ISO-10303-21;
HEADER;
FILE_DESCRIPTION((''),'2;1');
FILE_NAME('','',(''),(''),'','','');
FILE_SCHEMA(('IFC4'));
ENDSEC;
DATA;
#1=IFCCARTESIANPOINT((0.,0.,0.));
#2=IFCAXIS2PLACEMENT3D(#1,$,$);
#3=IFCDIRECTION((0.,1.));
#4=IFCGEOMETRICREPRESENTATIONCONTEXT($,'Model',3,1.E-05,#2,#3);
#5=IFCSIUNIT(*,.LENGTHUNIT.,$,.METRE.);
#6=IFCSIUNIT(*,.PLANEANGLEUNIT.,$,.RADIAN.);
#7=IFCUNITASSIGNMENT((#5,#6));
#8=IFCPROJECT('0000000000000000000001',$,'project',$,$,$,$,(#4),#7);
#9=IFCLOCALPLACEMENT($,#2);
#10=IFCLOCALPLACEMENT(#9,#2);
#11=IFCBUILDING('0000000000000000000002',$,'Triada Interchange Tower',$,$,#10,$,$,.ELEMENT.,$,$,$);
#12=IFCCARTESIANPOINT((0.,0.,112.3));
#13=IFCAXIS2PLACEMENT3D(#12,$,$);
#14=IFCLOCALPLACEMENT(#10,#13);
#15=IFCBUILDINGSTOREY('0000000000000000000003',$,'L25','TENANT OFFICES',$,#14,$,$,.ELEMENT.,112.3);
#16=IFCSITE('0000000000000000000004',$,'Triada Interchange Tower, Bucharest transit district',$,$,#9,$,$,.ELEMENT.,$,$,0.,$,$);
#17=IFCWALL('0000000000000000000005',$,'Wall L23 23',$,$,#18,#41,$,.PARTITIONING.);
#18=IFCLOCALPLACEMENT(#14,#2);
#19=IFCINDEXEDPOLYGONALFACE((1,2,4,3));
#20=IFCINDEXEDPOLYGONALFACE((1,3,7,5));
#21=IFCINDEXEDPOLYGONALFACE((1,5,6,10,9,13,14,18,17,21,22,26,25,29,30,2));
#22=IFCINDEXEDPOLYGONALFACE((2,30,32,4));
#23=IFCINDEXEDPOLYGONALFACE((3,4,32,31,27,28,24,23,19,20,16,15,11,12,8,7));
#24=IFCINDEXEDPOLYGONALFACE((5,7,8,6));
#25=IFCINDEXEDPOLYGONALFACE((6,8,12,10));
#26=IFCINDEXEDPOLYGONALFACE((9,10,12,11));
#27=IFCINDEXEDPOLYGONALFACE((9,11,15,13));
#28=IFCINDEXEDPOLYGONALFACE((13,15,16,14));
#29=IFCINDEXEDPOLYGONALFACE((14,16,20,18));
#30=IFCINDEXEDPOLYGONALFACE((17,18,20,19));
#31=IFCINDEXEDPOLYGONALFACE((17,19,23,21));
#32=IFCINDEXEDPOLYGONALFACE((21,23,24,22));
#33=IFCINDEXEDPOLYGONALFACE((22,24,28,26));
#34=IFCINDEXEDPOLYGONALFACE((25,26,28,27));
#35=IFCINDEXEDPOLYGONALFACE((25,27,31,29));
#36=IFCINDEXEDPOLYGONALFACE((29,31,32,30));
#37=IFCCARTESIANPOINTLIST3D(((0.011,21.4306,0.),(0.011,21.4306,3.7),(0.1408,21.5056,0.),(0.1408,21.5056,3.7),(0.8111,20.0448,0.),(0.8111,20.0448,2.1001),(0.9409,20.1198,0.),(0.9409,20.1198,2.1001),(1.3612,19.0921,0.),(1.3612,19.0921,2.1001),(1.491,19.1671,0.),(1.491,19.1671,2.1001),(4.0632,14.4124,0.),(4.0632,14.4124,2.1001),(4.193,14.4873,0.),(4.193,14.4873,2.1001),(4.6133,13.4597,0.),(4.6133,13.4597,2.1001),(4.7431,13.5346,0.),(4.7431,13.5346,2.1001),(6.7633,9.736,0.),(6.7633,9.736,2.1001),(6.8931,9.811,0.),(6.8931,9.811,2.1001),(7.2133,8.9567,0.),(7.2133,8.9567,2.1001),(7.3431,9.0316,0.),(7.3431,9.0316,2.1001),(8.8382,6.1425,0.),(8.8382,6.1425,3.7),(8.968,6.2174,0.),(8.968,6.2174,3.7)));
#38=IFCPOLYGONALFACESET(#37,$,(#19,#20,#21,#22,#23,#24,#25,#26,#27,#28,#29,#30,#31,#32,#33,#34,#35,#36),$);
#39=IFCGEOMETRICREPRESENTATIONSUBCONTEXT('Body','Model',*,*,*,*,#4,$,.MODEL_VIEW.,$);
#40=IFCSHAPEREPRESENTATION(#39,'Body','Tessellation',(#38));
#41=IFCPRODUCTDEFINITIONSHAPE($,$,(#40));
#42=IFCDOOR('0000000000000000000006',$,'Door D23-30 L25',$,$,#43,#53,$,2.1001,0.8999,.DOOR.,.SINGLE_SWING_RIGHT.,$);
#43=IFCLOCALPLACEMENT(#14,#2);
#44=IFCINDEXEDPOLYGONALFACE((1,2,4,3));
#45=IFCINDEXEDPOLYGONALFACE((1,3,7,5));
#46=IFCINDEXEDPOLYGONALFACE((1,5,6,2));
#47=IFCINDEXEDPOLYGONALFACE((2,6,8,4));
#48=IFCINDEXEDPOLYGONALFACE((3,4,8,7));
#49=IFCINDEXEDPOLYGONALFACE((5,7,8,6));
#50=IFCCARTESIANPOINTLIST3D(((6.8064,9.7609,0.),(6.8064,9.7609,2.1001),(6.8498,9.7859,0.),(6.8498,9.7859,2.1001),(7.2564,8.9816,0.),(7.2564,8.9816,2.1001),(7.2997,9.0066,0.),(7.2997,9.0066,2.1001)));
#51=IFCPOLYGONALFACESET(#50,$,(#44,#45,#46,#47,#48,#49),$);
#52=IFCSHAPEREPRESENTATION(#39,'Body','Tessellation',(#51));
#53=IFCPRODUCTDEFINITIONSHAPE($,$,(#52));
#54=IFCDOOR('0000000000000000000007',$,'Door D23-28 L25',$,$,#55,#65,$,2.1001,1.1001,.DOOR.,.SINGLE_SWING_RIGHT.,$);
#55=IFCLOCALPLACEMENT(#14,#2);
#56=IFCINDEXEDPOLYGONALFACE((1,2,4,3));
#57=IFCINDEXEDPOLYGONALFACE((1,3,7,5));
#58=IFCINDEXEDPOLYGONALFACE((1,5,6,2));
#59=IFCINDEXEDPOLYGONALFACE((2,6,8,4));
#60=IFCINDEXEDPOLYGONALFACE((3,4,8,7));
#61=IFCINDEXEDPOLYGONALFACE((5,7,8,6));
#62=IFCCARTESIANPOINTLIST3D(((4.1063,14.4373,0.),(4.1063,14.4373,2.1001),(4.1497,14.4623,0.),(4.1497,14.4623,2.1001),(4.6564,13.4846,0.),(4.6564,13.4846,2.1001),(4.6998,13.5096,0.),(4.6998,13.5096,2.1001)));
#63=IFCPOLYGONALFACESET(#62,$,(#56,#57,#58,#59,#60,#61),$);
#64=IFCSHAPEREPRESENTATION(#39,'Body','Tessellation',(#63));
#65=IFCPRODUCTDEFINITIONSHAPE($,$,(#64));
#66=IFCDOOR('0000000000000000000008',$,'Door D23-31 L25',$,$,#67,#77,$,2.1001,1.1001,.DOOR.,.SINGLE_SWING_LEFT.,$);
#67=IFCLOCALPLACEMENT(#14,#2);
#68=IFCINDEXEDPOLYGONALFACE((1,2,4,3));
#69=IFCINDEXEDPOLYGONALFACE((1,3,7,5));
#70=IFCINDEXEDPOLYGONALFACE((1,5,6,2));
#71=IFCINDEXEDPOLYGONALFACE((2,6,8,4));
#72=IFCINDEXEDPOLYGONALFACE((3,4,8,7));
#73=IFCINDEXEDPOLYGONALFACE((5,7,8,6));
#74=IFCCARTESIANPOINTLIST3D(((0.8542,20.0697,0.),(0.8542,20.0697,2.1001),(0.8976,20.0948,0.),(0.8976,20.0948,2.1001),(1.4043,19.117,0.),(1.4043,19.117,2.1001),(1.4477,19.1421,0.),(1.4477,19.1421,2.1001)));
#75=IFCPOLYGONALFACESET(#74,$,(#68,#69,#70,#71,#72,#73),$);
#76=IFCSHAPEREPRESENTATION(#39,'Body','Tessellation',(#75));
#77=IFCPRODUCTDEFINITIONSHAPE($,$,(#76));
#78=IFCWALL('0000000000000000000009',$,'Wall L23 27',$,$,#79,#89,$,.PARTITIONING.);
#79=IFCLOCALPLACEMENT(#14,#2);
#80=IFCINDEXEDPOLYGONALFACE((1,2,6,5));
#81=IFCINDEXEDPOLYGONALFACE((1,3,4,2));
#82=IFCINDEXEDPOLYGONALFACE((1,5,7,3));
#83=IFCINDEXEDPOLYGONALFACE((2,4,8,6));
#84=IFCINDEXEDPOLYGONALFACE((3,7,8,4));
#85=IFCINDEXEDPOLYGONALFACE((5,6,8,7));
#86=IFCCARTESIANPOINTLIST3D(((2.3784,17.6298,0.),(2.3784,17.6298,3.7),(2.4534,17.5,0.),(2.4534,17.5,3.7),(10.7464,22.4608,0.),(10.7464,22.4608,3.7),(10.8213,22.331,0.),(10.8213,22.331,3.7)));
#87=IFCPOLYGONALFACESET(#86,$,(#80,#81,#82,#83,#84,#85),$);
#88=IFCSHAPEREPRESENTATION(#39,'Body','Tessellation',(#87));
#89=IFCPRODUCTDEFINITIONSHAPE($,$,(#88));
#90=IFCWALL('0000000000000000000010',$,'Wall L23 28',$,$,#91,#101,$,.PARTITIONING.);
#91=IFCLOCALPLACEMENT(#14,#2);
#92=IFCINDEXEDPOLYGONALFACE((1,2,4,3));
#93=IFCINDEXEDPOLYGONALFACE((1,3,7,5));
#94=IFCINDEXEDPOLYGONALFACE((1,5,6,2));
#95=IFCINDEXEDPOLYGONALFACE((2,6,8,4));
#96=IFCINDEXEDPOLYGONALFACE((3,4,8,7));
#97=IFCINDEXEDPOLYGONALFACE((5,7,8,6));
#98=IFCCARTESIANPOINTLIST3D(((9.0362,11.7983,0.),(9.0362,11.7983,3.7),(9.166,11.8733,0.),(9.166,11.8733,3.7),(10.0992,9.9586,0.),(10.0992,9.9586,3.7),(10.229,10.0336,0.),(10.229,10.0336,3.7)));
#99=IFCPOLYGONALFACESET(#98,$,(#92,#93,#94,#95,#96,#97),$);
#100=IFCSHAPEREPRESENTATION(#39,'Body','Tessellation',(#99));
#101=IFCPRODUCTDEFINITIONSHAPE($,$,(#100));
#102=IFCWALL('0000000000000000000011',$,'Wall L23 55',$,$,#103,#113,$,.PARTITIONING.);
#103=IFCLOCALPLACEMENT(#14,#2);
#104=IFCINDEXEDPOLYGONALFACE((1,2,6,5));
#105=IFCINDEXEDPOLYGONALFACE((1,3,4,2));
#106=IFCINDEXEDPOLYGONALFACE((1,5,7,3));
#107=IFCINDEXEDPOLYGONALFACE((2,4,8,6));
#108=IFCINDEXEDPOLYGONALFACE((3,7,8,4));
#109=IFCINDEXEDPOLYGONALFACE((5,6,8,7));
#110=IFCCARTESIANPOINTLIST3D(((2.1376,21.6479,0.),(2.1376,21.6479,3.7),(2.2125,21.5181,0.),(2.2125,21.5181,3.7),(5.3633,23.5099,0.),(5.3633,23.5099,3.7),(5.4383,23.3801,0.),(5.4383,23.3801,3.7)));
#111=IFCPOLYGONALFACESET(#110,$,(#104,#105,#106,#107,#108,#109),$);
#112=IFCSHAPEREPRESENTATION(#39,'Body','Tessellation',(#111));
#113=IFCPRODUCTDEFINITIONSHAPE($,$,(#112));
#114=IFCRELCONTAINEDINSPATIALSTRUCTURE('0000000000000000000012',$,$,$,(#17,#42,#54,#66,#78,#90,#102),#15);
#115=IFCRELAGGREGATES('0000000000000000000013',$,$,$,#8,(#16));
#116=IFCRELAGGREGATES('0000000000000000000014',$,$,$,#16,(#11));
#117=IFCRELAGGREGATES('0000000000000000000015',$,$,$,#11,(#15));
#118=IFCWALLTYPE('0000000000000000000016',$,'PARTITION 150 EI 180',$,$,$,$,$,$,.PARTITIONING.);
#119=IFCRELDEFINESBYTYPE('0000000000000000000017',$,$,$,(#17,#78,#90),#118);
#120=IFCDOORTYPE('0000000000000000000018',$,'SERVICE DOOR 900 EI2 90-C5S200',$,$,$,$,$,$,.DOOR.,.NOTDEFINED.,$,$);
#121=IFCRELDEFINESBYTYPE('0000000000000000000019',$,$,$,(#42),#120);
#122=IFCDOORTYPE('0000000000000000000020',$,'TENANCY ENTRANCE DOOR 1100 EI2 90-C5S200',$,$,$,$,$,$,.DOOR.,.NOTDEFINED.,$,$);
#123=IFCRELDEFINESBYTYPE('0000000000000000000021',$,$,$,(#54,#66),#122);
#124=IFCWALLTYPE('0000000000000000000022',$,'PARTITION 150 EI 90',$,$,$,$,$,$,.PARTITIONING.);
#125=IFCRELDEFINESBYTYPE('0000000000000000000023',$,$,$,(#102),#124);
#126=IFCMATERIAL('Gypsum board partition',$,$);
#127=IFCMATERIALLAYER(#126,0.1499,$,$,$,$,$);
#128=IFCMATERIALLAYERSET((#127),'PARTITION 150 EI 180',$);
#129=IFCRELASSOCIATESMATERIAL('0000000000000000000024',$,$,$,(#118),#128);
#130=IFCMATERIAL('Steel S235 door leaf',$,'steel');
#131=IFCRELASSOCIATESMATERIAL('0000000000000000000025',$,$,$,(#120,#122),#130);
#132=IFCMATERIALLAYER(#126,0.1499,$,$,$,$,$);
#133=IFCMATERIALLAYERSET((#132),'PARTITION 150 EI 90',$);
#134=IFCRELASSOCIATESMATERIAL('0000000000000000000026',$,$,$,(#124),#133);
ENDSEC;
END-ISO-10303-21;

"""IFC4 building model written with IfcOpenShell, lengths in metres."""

from ifc_helpers import new_model, si_unit, direction, frame, frame_2d, origin, place, context, subcontext, project, spatial, rectangle, extrude, material, layer, layer_set, type_object, element, fill, save


model = new_model("IFC4")

# Units and contexts
model_context = context("Model", 3, precision=1e-05, world=origin(), true_north=direction((0.0, 1.0)))
body_context = subcontext(model_context, "Body", "Model", "MODEL_VIEW")
ifc_project = project(units=[si_unit("LENGTHUNIT", "METRE"), si_unit("PLANEANGLEUNIT", "RADIAN")], contexts=[model_context])

# Site, building, storey
site_placement = place(None, origin())
site = spatial("IfcSite", under=ifc_project, at=site_placement, Name="Triada Interchange Tower, Bucharest transit district", CompositionType="ELEMENT", RefElevation=0.0)
building_placement = place(site_placement, origin())
building = spatial("IfcBuilding", under=site, at=building_placement, Name="Triada Interchange Tower", CompositionType="ELEMENT")
storey_placement = place(building_placement, frame((0.0, 0.0, 112.3)))
storey = spatial("IfcBuildingStorey", under=building, at=storey_placement, Name="L25", Description="TENANT OFFICES", CompositionType="ELEMENT", Elevation=112.3)

# Shared definitions
ifc_material_1 = material(Name="Steel S235 door leaf", Category="steel")

# Shared definitions
ifc_material_2 = material(Name="Gypsum board partition")
ifc_layer_1 = layer(ifc_material_2, 0.1499)
ifc_layer_set_1 = layer_set([ifc_layer_1], Name="PARTITION 150 EI 180")
wall_type_1 = type_object("IfcWallType", Name="PARTITION 150 EI 180", PredefinedType="PARTITIONING", material=ifc_layer_set_1)

# Wall, openings, doors
wall_1_placement = place(storey_placement, frame((0.0759, 21.468, 0.0), z_axis=(0.0, 0.0, 1.0), x_axis=(0.500024, -0.866011, 0.0)))
wall_1 = element("IfcWall", 1, at=wall_1_placement, inside=storey, type_object=wall_type_1, Name="Wall L23 23", PredefinedType="PARTITIONING", context=body_context, shape_type="SweptSolid", body=[
    extrude(rectangle(XDim=17.6536, YDim=0.1499, at=frame_2d((8.8267, 0.0))), origin(), (0.0, 0.0, 1.0), 3.7),
])
opening_1_placement = place(wall_1_placement, frame((8.104, 0.0, 0.0)))
opening_1 = element("IfcOpeningElement", 2, at=opening_1_placement, cuts=wall_1, PredefinedType="OPENING", context=body_context, shape_type="SweptSolid", body=[
    extrude(rectangle(XDim=1.1001, YDim=2.1001, at=frame_2d((0.55, 1.05))), frame((0.0, 0.085, 0.0), z_axis=(0.0, -1.0, 0.0), x_axis=(1.0, 0.0, 0.0)), (0.0, 0.0, 1.0), 0.1699),
])
opening_2_placement = place(wall_1_placement, frame((13.5039, 0.0, 0.0)))
opening_2 = element("IfcOpeningElement", 3, at=opening_2_placement, cuts=wall_1, PredefinedType="OPENING", context=body_context, shape_type="SweptSolid", body=[
    extrude(rectangle(XDim=0.8999, YDim=2.1001, at=frame_2d((0.45, 1.05))), frame((0.0, 0.085, 0.0), z_axis=(0.0, -1.0, 0.0), x_axis=(1.0, 0.0, 0.0)), (0.0, 0.0, 1.0), 0.1699),
])
opening_3_placement = place(wall_1_placement, frame((1.6001, 0.0, 0.0)))
opening_3 = element("IfcOpeningElement", 4, at=opening_3_placement, cuts=wall_1, PredefinedType="OPENING", context=body_context, shape_type="SweptSolid", body=[
    extrude(rectangle(XDim=1.1001, YDim=2.1001, at=frame_2d((0.55, 1.05))), frame((0.0, 0.085, 0.0), z_axis=(0.0, -1.0, 0.0), x_axis=(1.0, 0.0, 0.0)), (0.0, 0.0, 1.0), 0.1699),
])
door_type_1 = type_object("IfcDoorType", Name="SERVICE DOOR 900 EI2 90-C5S200", OperationType="NOTDEFINED", PredefinedType="DOOR", material=ifc_material_1)
door_1_placement = place(opening_2_placement, origin())
door_1 = element("IfcDoor", 5, at=door_1_placement, inside=storey, type_object=door_type_1, Name="Door D23-30 L25", OperationType="SINGLE_SWING_RIGHT", OverallHeight=2.1001, OverallWidth=0.8999, PredefinedType="DOOR", context=body_context, shape_type="SweptSolid", body=[
    extrude(rectangle(XDim=0.8999, YDim=2.1001, at=frame_2d((0.45, 1.05))), frame((0.0, 0.0249, 0.0), z_axis=(0.0, -1.0, 0.0), x_axis=(1.0, 0.0, 0.0)), (0.0, 0.0, 1.0), 0.05),
])
fill(opening_2, door_1)
door_type_2 = type_object("IfcDoorType", Name="TENANCY ENTRANCE DOOR 1100 EI2 90-C5S200", OperationType="NOTDEFINED", PredefinedType="DOOR", material=ifc_material_1)
door_2_placement = place(opening_1_placement, origin())
door_2 = element("IfcDoor", 6, at=door_2_placement, inside=storey, type_object=door_type_2, Name="Door D23-28 L25", OperationType="SINGLE_SWING_RIGHT", OverallHeight=2.1001, OverallWidth=1.1001, PredefinedType="DOOR", context=body_context, shape_type="SweptSolid", body=[
    extrude(rectangle(XDim=1.1001, YDim=2.1001, at=frame_2d((0.55, 1.05))), frame((0.0, 0.0249, 0.0), z_axis=(0.0, -1.0, 0.0), x_axis=(1.0, 0.0, 0.0)), (0.0, 0.0, 1.0), 0.05),
])
fill(opening_1, door_2)
door_3_placement = place(opening_3_placement, origin())
door_3 = element("IfcDoor", 7, at=door_3_placement, inside=storey, type_object=door_type_2, Name="Door D23-31 L25", OperationType="SINGLE_SWING_LEFT", OverallHeight=2.1001, OverallWidth=1.1001, PredefinedType="DOOR", context=body_context, shape_type="SweptSolid", body=[
    extrude(rectangle(XDim=1.1001, YDim=2.1001, at=frame_2d((0.55, 1.05))), frame((0.0, 0.0249, 0.0), z_axis=(0.0, -1.0, 0.0), x_axis=(1.0, 0.0, 0.0)), (0.0, 0.0, 1.0), 0.05),
])
fill(opening_3, door_3)

# Walls
wall_2_placement = place(storey_placement, frame((2.416, 17.5649, 0.0), z_axis=(0.0, 0.0, 1.0), x_axis=(0.866033, 0.499987, 0.0)))
element("IfcWall", 8, at=wall_2_placement, inside=storey, type_object=wall_type_1, Name="Wall L23 27", PredefinedType="PARTITIONING", context=body_context, shape_type="SweptSolid", body=[
    extrude(rectangle(XDim=9.6624, YDim=0.1499, at=frame_2d((4.8311, 0.0))), origin(), (0.0, 0.0, 1.0), 3.7),
])
wall_3_placement = place(storey_placement, frame((9.1011, 11.8359, 0.0), z_axis=(0.0, 0.0, 1.0), x_axis=(0.500266, -0.865872, 0.0)))
element("IfcWall", 9, at=wall_3_placement, inside=storey, type_object=wall_type_1, Name="Wall L23 28", PredefinedType="PARTITIONING", context=body_context, shape_type="SweptSolid", body=[
    extrude(rectangle(XDim=2.1248, YDim=0.1499, at=frame_2d((1.0625, 0.0))), origin(), (0.0, 0.0, 1.0), 3.7),
])
ifc_layer_2 = layer(ifc_material_2, 0.1499)
ifc_layer_set_2 = layer_set([ifc_layer_2], Name="PARTITION 150 EI 90")
wall_type_2 = type_object("IfcWallType", Name="PARTITION 150 EI 90", PredefinedType="PARTITIONING", material=ifc_layer_set_2)
wall_4_placement = place(storey_placement, frame((2.175, 21.583, 0.0), z_axis=(0.0, 0.0, 1.0), x_axis=(0.866069, 0.499925, 0.0)))
element("IfcWall", 10, at=wall_4_placement, inside=storey, type_object=wall_type_2, Name="Wall L23 55", PredefinedType="PARTITIONING", context=body_context, shape_type="SweptSolid", body=[
    extrude(rectangle(XDim=3.7246, YDim=0.1499, at=frame_2d((1.8623, 0.0))), origin(), (0.0, 0.0, 1.0), 3.7),
])

save(model, "model.ifc")
